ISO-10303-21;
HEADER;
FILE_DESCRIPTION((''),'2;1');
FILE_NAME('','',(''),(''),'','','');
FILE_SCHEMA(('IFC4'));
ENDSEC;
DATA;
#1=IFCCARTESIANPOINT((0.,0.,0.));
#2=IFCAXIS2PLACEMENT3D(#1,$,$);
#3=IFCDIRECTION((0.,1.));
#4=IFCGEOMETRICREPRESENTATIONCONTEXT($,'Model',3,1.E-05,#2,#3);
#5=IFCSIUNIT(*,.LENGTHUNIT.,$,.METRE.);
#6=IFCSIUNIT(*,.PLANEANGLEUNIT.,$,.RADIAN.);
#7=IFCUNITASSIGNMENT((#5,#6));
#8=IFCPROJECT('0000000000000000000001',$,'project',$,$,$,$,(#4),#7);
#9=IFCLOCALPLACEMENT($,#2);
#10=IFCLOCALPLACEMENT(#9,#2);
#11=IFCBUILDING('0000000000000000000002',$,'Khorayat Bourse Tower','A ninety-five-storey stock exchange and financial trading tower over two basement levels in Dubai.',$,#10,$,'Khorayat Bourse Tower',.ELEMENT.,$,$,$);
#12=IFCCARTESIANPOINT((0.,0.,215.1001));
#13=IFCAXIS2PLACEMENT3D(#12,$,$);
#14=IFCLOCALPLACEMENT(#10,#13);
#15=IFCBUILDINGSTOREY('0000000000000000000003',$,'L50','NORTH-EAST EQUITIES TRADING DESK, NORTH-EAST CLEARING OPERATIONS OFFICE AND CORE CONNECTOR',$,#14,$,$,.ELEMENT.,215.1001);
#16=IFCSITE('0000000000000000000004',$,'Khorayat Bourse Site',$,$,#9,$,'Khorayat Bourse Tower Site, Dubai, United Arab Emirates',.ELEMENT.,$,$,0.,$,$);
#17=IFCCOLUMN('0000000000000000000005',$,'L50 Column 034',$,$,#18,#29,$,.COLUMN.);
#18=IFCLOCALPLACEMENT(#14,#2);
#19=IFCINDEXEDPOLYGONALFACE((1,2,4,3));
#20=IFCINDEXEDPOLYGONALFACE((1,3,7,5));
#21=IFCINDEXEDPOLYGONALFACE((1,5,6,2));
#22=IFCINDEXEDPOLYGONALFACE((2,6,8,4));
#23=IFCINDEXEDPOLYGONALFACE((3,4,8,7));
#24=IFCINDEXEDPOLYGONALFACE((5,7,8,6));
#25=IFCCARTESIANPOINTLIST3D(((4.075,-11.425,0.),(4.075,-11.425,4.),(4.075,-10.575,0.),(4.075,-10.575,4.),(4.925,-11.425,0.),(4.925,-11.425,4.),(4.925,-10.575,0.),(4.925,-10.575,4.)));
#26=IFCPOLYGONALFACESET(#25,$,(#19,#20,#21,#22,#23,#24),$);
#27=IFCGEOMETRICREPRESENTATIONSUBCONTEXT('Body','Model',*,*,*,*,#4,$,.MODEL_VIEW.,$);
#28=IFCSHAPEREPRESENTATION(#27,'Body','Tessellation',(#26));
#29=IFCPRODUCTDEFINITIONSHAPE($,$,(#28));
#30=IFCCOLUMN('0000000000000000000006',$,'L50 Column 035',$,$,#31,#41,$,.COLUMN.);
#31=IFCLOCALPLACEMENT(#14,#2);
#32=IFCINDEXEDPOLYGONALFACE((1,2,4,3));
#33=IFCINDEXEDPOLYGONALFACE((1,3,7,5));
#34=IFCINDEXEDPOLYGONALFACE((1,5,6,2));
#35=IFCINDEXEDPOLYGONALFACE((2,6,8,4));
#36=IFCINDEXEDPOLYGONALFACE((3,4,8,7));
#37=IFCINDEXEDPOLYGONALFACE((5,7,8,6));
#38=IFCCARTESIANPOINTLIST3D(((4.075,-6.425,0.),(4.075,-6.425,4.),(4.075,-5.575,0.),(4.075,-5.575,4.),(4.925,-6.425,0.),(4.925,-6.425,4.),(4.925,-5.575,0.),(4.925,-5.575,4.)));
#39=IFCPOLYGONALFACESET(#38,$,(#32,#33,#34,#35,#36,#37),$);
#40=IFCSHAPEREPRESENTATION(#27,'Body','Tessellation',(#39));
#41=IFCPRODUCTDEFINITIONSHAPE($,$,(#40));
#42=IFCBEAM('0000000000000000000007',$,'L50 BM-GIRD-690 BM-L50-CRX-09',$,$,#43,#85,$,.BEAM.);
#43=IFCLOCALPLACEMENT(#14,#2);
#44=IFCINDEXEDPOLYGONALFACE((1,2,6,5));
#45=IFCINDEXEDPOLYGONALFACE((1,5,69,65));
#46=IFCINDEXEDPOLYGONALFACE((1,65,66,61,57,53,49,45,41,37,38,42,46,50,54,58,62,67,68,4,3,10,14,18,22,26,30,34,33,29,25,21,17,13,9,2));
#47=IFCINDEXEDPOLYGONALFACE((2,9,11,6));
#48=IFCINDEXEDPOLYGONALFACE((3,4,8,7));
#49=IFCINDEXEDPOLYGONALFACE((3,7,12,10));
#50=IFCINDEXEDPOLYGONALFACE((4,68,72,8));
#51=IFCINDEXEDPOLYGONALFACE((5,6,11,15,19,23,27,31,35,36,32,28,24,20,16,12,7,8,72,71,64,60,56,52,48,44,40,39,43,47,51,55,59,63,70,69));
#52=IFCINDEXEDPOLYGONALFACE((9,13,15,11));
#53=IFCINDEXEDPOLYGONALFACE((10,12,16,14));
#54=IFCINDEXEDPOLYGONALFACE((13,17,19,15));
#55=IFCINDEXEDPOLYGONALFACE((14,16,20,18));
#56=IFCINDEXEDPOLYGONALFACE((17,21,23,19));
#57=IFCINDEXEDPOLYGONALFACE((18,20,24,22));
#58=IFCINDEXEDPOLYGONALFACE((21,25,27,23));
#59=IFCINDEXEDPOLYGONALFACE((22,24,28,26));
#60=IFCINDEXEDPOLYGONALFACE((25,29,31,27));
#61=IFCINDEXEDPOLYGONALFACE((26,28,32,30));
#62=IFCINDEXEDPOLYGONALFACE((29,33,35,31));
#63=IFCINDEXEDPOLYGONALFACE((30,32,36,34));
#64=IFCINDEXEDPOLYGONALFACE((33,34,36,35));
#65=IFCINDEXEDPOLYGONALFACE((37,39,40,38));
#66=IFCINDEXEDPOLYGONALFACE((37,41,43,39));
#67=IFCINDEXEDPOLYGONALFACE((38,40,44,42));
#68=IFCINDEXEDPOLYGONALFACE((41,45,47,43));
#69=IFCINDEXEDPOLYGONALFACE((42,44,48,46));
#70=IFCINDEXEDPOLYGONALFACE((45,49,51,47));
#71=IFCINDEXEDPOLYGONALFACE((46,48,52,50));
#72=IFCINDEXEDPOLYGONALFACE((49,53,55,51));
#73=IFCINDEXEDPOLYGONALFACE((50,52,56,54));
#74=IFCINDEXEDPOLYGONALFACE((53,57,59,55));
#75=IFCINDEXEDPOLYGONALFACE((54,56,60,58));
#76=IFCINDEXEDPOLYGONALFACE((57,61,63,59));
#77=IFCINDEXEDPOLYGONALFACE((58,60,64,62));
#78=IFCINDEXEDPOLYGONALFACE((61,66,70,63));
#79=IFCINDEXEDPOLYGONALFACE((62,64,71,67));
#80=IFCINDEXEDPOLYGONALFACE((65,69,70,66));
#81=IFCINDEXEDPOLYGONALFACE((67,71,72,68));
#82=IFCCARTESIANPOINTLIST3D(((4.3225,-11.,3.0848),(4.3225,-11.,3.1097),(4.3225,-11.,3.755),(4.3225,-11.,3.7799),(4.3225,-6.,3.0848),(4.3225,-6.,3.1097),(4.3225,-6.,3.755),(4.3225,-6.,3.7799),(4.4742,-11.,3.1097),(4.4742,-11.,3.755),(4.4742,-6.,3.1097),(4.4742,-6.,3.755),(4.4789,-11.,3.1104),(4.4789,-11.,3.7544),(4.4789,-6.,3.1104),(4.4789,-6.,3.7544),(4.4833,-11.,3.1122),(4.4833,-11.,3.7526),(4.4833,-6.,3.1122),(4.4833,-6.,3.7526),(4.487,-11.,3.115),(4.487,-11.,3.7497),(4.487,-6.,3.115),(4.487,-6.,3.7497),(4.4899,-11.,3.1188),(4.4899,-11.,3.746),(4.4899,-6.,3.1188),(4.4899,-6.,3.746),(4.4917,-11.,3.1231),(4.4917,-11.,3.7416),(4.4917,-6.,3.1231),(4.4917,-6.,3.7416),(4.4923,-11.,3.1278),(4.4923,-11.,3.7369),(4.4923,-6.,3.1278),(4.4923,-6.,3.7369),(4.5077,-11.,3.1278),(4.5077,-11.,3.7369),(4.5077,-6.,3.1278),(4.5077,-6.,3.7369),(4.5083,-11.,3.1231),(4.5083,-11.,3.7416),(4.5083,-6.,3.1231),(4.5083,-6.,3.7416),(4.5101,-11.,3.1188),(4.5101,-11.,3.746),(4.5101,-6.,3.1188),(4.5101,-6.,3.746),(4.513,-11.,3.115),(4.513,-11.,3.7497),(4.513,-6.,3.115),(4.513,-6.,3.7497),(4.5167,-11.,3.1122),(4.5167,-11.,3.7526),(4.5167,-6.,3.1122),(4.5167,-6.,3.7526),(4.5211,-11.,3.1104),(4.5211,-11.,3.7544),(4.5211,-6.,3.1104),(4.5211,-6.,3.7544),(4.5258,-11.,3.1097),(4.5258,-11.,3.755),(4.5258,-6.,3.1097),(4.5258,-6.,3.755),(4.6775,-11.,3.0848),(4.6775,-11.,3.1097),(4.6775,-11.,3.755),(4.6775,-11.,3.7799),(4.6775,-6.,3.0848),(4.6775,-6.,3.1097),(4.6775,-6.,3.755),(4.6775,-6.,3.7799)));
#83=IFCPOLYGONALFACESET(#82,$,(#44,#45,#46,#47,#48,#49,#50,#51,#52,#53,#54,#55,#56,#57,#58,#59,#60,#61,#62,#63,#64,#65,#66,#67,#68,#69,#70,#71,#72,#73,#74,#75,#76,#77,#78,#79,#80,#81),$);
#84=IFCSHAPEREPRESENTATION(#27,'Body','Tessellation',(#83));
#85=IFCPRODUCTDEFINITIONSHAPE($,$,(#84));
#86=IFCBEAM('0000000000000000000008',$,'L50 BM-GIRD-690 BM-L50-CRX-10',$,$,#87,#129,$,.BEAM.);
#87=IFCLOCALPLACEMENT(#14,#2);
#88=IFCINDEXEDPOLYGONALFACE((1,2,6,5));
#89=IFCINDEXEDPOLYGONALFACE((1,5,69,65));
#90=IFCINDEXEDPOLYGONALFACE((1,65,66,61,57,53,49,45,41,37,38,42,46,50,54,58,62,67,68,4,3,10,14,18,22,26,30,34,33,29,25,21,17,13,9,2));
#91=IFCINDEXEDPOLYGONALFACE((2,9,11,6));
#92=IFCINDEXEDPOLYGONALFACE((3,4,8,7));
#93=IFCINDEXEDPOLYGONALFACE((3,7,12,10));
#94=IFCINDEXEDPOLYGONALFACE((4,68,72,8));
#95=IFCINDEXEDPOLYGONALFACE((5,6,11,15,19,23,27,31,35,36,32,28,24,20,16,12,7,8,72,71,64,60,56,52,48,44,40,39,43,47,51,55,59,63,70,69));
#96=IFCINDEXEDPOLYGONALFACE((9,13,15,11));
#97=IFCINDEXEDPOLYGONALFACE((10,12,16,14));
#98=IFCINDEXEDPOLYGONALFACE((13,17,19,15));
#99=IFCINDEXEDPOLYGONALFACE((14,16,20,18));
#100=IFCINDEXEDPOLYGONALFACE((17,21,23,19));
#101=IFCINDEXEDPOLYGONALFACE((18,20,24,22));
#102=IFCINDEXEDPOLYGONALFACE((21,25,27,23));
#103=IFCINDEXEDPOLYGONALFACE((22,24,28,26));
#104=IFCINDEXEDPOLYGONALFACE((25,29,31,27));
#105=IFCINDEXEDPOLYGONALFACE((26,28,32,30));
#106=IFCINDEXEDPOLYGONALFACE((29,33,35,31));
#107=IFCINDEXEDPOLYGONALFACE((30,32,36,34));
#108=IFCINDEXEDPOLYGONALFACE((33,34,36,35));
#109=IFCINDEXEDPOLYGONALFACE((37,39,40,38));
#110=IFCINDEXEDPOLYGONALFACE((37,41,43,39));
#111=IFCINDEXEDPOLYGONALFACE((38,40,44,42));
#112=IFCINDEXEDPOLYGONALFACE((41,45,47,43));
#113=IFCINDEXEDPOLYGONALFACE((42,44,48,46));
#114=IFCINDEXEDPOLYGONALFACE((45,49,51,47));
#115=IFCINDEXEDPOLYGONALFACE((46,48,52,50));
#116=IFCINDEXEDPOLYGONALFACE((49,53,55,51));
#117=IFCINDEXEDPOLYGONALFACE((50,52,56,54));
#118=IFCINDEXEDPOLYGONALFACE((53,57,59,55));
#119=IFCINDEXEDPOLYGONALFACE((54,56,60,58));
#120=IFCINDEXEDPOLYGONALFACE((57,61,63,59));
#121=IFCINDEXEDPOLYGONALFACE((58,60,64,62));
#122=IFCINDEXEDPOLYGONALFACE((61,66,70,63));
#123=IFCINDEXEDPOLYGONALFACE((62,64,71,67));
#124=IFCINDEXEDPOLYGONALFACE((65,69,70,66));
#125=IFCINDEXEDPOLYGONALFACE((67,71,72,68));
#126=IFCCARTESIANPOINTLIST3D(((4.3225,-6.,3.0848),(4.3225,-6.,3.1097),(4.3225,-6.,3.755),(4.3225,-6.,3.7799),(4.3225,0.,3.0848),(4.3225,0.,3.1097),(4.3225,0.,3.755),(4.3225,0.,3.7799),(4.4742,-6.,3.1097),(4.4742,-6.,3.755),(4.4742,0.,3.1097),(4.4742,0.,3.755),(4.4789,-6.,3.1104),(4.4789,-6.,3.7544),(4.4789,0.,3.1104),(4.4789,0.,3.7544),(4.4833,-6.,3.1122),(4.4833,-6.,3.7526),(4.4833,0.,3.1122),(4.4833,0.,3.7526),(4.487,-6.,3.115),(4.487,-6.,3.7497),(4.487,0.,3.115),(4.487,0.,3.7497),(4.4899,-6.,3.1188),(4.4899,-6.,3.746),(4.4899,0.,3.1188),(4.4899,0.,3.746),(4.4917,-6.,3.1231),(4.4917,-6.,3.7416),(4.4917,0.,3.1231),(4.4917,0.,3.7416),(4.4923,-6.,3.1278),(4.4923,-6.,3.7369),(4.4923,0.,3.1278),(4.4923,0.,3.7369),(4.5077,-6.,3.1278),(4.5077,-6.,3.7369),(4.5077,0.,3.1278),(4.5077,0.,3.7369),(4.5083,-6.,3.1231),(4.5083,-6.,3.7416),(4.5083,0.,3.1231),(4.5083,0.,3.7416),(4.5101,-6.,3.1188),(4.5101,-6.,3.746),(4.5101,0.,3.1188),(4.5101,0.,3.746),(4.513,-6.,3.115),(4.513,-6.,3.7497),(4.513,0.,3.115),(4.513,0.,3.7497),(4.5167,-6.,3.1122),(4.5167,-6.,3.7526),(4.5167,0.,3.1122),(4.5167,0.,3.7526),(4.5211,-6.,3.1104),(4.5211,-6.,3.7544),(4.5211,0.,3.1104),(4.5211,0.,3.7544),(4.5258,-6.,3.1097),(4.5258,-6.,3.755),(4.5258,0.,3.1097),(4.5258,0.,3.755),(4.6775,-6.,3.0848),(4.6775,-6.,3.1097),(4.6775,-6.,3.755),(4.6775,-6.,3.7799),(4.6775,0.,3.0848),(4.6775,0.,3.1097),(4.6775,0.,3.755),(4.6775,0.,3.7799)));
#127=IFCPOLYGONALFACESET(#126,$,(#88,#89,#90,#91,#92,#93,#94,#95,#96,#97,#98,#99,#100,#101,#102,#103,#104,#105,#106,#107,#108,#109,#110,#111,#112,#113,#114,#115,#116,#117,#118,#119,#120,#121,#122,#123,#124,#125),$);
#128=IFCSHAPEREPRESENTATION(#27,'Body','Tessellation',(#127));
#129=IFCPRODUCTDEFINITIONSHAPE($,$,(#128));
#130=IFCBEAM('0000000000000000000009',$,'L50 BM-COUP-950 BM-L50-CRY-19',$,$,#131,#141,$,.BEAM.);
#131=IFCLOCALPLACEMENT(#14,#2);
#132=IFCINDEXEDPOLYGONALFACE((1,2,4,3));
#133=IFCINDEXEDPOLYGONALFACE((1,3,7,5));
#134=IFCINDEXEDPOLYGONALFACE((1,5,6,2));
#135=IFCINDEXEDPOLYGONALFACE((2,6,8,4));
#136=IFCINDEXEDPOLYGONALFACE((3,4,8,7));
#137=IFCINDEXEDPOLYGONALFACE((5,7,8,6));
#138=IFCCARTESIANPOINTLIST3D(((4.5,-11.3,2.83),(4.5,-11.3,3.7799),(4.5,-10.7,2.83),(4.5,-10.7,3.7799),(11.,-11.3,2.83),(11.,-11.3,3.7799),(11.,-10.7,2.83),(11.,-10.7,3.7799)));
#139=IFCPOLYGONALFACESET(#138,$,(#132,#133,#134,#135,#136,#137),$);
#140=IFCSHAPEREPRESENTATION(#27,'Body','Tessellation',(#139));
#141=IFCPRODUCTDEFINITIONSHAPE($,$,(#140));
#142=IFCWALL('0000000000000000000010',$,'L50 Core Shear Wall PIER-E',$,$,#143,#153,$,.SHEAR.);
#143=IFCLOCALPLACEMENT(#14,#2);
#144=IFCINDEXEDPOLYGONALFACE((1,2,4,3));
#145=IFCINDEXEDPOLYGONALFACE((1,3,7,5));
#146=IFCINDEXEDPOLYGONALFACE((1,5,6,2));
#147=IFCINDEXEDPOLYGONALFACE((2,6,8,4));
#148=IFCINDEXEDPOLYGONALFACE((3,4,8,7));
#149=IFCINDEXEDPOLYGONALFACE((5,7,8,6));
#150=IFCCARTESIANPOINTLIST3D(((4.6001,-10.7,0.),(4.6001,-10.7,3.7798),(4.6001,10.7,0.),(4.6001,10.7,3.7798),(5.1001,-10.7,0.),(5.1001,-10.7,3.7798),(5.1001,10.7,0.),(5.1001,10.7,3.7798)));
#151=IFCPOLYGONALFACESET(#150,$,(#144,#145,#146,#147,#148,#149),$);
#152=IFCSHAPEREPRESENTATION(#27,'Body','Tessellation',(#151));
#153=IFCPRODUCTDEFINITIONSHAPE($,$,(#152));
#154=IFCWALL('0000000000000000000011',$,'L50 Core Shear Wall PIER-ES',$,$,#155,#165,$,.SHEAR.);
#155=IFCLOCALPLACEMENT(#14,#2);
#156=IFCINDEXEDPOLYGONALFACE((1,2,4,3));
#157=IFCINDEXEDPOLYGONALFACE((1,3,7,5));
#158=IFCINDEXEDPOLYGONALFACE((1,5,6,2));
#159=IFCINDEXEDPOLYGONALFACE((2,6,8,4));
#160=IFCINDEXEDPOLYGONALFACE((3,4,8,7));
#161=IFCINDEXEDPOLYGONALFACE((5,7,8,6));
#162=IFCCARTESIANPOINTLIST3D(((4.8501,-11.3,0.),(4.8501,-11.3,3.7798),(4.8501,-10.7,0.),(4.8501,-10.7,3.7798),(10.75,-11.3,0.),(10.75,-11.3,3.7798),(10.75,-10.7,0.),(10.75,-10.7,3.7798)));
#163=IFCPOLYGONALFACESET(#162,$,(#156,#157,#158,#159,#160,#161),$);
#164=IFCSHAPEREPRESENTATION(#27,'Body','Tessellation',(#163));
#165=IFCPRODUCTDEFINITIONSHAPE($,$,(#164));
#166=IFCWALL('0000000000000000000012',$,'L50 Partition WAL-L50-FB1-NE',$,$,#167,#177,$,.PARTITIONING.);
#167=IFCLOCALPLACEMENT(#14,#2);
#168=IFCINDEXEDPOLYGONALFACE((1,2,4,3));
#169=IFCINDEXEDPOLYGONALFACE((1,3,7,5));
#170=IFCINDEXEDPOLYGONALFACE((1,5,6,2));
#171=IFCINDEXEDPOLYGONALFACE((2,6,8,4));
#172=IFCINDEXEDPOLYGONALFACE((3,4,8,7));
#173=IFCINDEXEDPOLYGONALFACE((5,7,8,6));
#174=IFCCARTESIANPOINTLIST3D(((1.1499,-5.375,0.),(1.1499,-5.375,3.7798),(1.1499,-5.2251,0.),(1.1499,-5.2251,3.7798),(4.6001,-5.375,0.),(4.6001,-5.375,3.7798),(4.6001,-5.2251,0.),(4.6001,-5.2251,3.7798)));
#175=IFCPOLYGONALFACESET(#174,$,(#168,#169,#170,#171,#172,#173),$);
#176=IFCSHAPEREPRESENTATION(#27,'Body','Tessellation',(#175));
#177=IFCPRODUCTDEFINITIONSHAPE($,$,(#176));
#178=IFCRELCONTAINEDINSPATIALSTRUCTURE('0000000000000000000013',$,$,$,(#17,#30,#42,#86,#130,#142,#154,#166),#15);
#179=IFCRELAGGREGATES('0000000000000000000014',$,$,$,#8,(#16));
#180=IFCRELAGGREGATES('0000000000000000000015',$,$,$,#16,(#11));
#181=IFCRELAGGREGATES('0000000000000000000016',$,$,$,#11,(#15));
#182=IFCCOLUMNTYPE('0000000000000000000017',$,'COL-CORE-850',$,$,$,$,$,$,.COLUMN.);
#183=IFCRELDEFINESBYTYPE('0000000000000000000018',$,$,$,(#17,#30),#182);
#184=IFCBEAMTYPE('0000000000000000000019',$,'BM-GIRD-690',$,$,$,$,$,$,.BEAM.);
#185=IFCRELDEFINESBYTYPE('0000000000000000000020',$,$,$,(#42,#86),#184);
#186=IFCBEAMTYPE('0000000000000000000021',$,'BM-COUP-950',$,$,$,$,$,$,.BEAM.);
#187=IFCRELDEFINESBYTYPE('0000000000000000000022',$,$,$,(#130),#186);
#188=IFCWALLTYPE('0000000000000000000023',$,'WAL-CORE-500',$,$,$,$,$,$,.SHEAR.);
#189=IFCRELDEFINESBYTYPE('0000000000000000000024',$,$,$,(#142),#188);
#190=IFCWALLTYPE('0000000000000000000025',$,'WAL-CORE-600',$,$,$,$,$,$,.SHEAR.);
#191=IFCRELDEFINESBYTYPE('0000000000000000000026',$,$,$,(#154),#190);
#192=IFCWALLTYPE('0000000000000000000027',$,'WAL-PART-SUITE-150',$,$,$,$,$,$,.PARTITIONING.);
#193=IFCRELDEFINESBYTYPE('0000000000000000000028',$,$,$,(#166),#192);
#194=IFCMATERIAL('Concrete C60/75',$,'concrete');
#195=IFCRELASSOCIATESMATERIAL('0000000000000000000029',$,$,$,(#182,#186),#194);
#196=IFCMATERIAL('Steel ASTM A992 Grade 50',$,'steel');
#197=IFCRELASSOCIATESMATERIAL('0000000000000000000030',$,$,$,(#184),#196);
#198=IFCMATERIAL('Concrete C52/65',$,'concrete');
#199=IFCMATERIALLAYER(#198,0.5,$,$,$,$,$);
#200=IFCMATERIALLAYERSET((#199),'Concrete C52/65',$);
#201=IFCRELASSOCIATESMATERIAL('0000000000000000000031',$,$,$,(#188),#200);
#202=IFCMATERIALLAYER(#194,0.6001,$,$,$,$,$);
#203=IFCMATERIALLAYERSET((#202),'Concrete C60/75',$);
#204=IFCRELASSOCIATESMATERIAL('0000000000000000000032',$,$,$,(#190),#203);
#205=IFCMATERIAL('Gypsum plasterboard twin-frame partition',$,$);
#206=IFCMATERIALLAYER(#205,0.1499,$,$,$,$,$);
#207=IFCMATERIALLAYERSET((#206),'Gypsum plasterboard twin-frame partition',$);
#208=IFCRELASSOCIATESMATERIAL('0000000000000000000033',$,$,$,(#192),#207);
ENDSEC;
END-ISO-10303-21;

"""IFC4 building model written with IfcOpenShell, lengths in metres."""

from ifc_helpers import new_model, si_unit, direction, frame, frame_2d, origin, origin_2d, place, context, subcontext, project, spatial, rectangle, i_section, extrude, source, transform, mapped, material, layer, layer_set, material_profile, profile_set, type_object, element, save


model = new_model("IFC4")

# Units and contexts
model_context = context("Model", 3, precision=1e-05, world=origin(), true_north=direction((0.0, 1.0)))
body_context = subcontext(model_context, "Body", "Model", "MODEL_VIEW")
ifc_project = project(units=[si_unit("LENGTHUNIT", "METRE"), si_unit("PLANEANGLEUNIT", "RADIAN")], contexts=[model_context])

# Site, building, storey
site_placement = place(None, origin())
site = spatial("IfcSite", under=ifc_project, at=site_placement, Name="Khorayat Bourse Site", LongName="Khorayat Bourse Tower Site, Dubai, United Arab Emirates", CompositionType="ELEMENT", RefElevation=0.0)
building_placement = place(site_placement, origin())
building = spatial("IfcBuilding", under=site, at=building_placement, Name="Khorayat Bourse Tower", Description="A ninety-five-storey stock exchange and financial trading tower over two basement levels in Dubai.", LongName="Khorayat Bourse Tower", CompositionType="ELEMENT")
storey_placement = place(building_placement, frame((0.0, 0.0, 215.1001)))
storey = spatial("IfcBuildingStorey", under=building, at=storey_placement, Name="L50", Description="NORTH-EAST EQUITIES TRADING DESK, NORTH-EAST CLEARING OPERATIONS OFFICE AND CORE CONNECTOR", CompositionType="ELEMENT", Elevation=215.1001)

# Columns
ifc_material_1 = material(Name="Concrete C60/75", Category="concrete")
ifc_material_profile_1 = material_profile(ifc_material_1, rectangle(XDim=0.8501, YDim=0.8501, at=origin_2d()), Name="RC 850x850")
ifc_profile_set_1 = profile_set([ifc_material_profile_1], Name="Concrete C60/75")
column_type = type_object("IfcColumnType", Name="COL-CORE-850", PredefinedType="COLUMN", material=ifc_profile_set_1)
shared_shape_1 = source(origin(), body_context, "Body", "SweptSolid", [
    extrude(rectangle(XDim=0.8501, YDim=0.8501, at=origin_2d()), origin(), (0.0, 0.0, 1.0), 4.0),
])
for number, where, z_axis, x_axis, name in (
    (1, (4.5, -11.0, 0.0), (0.0, 0.0, 1.0), (1.0, 0.0, 0.0), "L50 Column 034"),
    (2, (4.5, -6.0, 0.0), (0.0, 0.0, 1.0), (1.0, 0.0, 0.0), "L50 Column 035"),
):
    element("IfcColumn", number, at=place(storey_placement, frame(where, z_axis=z_axis, x_axis=x_axis)), inside=storey, type_object=column_type, Name=name, PredefinedType="COLUMN", context=body_context, shape_type="MappedRepresentation", body=[
        mapped(shared_shape_1, transform((0.0, 0.0, 0.0), scale=1.0)),
    ])

# Beams
ifc_material_2 = material(Name="Steel ASTM A992 Grade 50", Category="steel")
ifc_material_profile_2 = material_profile(ifc_material_2, i_section(OverallWidth=0.355, OverallDepth=0.6951, WebThickness=0.0154, FlangeThickness=0.0249, FilletRadius=0.0181, at=origin_2d()), Name="W690X217")
ifc_profile_set_2 = profile_set([ifc_material_profile_2], Name="Steel ASTM A992 Grade 50")
beam_type_1 = type_object("IfcBeamType", Name="BM-GIRD-690", PredefinedType="BEAM", material=ifc_profile_set_2)
shared_shape_2 = source(origin(), body_context, "Body", "SweptSolid", [
    extrude(i_section(OverallWidth=0.355, OverallDepth=0.6951, WebThickness=0.0154, FlangeThickness=0.0249, FilletRadius=0.0181, at=origin_2d()), origin(), (0.0, 0.0, 1.0), 5.0),
])
beam_1_placement = place(storey_placement, frame((4.5, -11.0, 3.4324), z_axis=(0.0, 1.0, 0.0), x_axis=(-1.0, 0.0, 0.0)))
element("IfcBeam", 3, at=beam_1_placement, inside=storey, type_object=beam_type_1, Name="L50 BM-GIRD-690 BM-L50-CRX-09", PredefinedType="BEAM", context=body_context, shape_type="MappedRepresentation", body=[
    mapped(shared_shape_2, transform((0.0, 0.0, 0.0), scale=1.0)),
])
shared_shape_3 = source(origin(), body_context, "Body", "SweptSolid", [
    extrude(i_section(OverallWidth=0.355, OverallDepth=0.6951, WebThickness=0.0154, FlangeThickness=0.0249, FilletRadius=0.0181, at=origin_2d()), origin(), (0.0, 0.0, 1.0), 6.0),
])
beam_2_placement = place(storey_placement, frame((4.5, -6.0, 3.4324), z_axis=(0.0, 1.0, 0.0), x_axis=(-1.0, 0.0, 0.0)))
element("IfcBeam", 4, at=beam_2_placement, inside=storey, type_object=beam_type_1, Name="L50 BM-GIRD-690 BM-L50-CRX-10", PredefinedType="BEAM", context=body_context, shape_type="MappedRepresentation", body=[
    mapped(shared_shape_3, transform((0.0, 0.0, 0.0), scale=1.0)),
])
ifc_material_profile_3 = material_profile(ifc_material_1, rectangle(XDim=0.6001, YDim=0.95, at=origin_2d()), Name="RC 600x950")
ifc_profile_set_3 = profile_set([ifc_material_profile_3], Name="Concrete C60/75")
beam_type_2 = type_object("IfcBeamType", Name="BM-COUP-950", PredefinedType="BEAM", material=ifc_profile_set_3)
shared_shape_4 = source(origin(), body_context, "Body", "SweptSolid", [
    extrude(rectangle(XDim=0.6001, YDim=0.95, at=origin_2d()), origin(), (0.0, 0.0, 1.0), 6.5),
])
beam_3_placement = place(storey_placement, frame((4.5, -11.0, 3.3049), z_axis=(1.0, 0.0, 0.0), x_axis=(0.0, 1.0, 0.0)))
element("IfcBeam", 5, at=beam_3_placement, inside=storey, type_object=beam_type_2, Name="L50 BM-COUP-950 BM-L50-CRY-19", PredefinedType="BEAM", context=body_context, shape_type="MappedRepresentation", body=[
    mapped(shared_shape_4, transform((0.0, 0.0, 0.0), scale=1.0)),
])

# Walls
ifc_material_3 = material(Name="Concrete C52/65", Category="concrete")
ifc_layer_1 = layer(ifc_material_3, 0.5)
ifc_layer_set_1 = layer_set([ifc_layer_1], Name="Concrete C52/65")
wall_type_1 = type_object("IfcWallType", Name="WAL-CORE-500", PredefinedType="SHEAR", material=ifc_layer_set_1)
shared_shape_5 = source(origin(), body_context, "Body", "SweptSolid", [
    extrude(rectangle(XDim=21.3999, YDim=0.5, at=frame_2d((10.7, 0.0))), origin(), (0.0, 0.0, 1.0), 3.7798),
])
wall_1_placement = place(storey_placement, frame((4.8501, -10.7, 0.0), z_axis=(0.0, 0.0, 1.0), x_axis=(0.0, 1.0, 0.0)))
element("IfcWall", 6, at=wall_1_placement, inside=storey, type_object=wall_type_1, Name="L50 Core Shear Wall PIER-E", PredefinedType="SHEAR", context=body_context, shape_type="MappedRepresentation", body=[
    mapped(shared_shape_5, transform((0.0, 0.0, 0.0), scale=1.0)),
])
ifc_layer_2 = layer(ifc_material_1, 0.6001)
ifc_layer_set_2 = layer_set([ifc_layer_2], Name="Concrete C60/75")
wall_type_2 = type_object("IfcWallType", Name="WAL-CORE-600", PredefinedType="SHEAR", material=ifc_layer_set_2)
shared_shape_6 = source(origin(), body_context, "Body", "SweptSolid", [
    extrude(rectangle(XDim=5.8999, YDim=0.6001, at=frame_2d((2.95, 0.0))), origin(), (0.0, 0.0, 1.0), 3.7798),
])
wall_2_placement = place(storey_placement, frame((4.8501, -11.0, 0.0), z_axis=(0.0, 0.0, 1.0), x_axis=(1.0, 0.0, 0.0)))
element("IfcWall", 7, at=wall_2_placement, inside=storey, type_object=wall_type_2, Name="L50 Core Shear Wall PIER-ES", PredefinedType="SHEAR", context=body_context, shape_type="MappedRepresentation", body=[
    mapped(shared_shape_6, transform((0.0, 0.0, 0.0), scale=1.0)),
])
ifc_material_4 = material(Name="Gypsum plasterboard twin-frame partition")
ifc_layer_3 = layer(ifc_material_4, 0.1499)
ifc_layer_set_3 = layer_set([ifc_layer_3], Name="Gypsum plasterboard twin-frame partition")
wall_type_3 = type_object("IfcWallType", Name="WAL-PART-SUITE-150", PredefinedType="PARTITIONING", material=ifc_layer_set_3)
shared_shape_7 = source(origin(), body_context, "Body", "SweptSolid", [
    extrude(rectangle(XDim=3.4502, YDim=0.1499, at=frame_2d((1.7251, 0.0))), origin(), (0.0, 0.0, 1.0), 3.7798),
])
wall_3_placement = place(storey_placement, frame((1.1499, -5.3, 0.0), z_axis=(0.0, 0.0, 1.0), x_axis=(1.0, 0.0, 0.0)))
element("IfcWall", 8, at=wall_3_placement, inside=storey, type_object=wall_type_3, Name="L50 Partition WAL-L50-FB1-NE", PredefinedType="PARTITIONING", context=body_context, shape_type="MappedRepresentation", body=[
    mapped(shared_shape_7, transform((0.0, 0.0, 0.0), scale=1.0)),
])

save(model, "model.ifc")
